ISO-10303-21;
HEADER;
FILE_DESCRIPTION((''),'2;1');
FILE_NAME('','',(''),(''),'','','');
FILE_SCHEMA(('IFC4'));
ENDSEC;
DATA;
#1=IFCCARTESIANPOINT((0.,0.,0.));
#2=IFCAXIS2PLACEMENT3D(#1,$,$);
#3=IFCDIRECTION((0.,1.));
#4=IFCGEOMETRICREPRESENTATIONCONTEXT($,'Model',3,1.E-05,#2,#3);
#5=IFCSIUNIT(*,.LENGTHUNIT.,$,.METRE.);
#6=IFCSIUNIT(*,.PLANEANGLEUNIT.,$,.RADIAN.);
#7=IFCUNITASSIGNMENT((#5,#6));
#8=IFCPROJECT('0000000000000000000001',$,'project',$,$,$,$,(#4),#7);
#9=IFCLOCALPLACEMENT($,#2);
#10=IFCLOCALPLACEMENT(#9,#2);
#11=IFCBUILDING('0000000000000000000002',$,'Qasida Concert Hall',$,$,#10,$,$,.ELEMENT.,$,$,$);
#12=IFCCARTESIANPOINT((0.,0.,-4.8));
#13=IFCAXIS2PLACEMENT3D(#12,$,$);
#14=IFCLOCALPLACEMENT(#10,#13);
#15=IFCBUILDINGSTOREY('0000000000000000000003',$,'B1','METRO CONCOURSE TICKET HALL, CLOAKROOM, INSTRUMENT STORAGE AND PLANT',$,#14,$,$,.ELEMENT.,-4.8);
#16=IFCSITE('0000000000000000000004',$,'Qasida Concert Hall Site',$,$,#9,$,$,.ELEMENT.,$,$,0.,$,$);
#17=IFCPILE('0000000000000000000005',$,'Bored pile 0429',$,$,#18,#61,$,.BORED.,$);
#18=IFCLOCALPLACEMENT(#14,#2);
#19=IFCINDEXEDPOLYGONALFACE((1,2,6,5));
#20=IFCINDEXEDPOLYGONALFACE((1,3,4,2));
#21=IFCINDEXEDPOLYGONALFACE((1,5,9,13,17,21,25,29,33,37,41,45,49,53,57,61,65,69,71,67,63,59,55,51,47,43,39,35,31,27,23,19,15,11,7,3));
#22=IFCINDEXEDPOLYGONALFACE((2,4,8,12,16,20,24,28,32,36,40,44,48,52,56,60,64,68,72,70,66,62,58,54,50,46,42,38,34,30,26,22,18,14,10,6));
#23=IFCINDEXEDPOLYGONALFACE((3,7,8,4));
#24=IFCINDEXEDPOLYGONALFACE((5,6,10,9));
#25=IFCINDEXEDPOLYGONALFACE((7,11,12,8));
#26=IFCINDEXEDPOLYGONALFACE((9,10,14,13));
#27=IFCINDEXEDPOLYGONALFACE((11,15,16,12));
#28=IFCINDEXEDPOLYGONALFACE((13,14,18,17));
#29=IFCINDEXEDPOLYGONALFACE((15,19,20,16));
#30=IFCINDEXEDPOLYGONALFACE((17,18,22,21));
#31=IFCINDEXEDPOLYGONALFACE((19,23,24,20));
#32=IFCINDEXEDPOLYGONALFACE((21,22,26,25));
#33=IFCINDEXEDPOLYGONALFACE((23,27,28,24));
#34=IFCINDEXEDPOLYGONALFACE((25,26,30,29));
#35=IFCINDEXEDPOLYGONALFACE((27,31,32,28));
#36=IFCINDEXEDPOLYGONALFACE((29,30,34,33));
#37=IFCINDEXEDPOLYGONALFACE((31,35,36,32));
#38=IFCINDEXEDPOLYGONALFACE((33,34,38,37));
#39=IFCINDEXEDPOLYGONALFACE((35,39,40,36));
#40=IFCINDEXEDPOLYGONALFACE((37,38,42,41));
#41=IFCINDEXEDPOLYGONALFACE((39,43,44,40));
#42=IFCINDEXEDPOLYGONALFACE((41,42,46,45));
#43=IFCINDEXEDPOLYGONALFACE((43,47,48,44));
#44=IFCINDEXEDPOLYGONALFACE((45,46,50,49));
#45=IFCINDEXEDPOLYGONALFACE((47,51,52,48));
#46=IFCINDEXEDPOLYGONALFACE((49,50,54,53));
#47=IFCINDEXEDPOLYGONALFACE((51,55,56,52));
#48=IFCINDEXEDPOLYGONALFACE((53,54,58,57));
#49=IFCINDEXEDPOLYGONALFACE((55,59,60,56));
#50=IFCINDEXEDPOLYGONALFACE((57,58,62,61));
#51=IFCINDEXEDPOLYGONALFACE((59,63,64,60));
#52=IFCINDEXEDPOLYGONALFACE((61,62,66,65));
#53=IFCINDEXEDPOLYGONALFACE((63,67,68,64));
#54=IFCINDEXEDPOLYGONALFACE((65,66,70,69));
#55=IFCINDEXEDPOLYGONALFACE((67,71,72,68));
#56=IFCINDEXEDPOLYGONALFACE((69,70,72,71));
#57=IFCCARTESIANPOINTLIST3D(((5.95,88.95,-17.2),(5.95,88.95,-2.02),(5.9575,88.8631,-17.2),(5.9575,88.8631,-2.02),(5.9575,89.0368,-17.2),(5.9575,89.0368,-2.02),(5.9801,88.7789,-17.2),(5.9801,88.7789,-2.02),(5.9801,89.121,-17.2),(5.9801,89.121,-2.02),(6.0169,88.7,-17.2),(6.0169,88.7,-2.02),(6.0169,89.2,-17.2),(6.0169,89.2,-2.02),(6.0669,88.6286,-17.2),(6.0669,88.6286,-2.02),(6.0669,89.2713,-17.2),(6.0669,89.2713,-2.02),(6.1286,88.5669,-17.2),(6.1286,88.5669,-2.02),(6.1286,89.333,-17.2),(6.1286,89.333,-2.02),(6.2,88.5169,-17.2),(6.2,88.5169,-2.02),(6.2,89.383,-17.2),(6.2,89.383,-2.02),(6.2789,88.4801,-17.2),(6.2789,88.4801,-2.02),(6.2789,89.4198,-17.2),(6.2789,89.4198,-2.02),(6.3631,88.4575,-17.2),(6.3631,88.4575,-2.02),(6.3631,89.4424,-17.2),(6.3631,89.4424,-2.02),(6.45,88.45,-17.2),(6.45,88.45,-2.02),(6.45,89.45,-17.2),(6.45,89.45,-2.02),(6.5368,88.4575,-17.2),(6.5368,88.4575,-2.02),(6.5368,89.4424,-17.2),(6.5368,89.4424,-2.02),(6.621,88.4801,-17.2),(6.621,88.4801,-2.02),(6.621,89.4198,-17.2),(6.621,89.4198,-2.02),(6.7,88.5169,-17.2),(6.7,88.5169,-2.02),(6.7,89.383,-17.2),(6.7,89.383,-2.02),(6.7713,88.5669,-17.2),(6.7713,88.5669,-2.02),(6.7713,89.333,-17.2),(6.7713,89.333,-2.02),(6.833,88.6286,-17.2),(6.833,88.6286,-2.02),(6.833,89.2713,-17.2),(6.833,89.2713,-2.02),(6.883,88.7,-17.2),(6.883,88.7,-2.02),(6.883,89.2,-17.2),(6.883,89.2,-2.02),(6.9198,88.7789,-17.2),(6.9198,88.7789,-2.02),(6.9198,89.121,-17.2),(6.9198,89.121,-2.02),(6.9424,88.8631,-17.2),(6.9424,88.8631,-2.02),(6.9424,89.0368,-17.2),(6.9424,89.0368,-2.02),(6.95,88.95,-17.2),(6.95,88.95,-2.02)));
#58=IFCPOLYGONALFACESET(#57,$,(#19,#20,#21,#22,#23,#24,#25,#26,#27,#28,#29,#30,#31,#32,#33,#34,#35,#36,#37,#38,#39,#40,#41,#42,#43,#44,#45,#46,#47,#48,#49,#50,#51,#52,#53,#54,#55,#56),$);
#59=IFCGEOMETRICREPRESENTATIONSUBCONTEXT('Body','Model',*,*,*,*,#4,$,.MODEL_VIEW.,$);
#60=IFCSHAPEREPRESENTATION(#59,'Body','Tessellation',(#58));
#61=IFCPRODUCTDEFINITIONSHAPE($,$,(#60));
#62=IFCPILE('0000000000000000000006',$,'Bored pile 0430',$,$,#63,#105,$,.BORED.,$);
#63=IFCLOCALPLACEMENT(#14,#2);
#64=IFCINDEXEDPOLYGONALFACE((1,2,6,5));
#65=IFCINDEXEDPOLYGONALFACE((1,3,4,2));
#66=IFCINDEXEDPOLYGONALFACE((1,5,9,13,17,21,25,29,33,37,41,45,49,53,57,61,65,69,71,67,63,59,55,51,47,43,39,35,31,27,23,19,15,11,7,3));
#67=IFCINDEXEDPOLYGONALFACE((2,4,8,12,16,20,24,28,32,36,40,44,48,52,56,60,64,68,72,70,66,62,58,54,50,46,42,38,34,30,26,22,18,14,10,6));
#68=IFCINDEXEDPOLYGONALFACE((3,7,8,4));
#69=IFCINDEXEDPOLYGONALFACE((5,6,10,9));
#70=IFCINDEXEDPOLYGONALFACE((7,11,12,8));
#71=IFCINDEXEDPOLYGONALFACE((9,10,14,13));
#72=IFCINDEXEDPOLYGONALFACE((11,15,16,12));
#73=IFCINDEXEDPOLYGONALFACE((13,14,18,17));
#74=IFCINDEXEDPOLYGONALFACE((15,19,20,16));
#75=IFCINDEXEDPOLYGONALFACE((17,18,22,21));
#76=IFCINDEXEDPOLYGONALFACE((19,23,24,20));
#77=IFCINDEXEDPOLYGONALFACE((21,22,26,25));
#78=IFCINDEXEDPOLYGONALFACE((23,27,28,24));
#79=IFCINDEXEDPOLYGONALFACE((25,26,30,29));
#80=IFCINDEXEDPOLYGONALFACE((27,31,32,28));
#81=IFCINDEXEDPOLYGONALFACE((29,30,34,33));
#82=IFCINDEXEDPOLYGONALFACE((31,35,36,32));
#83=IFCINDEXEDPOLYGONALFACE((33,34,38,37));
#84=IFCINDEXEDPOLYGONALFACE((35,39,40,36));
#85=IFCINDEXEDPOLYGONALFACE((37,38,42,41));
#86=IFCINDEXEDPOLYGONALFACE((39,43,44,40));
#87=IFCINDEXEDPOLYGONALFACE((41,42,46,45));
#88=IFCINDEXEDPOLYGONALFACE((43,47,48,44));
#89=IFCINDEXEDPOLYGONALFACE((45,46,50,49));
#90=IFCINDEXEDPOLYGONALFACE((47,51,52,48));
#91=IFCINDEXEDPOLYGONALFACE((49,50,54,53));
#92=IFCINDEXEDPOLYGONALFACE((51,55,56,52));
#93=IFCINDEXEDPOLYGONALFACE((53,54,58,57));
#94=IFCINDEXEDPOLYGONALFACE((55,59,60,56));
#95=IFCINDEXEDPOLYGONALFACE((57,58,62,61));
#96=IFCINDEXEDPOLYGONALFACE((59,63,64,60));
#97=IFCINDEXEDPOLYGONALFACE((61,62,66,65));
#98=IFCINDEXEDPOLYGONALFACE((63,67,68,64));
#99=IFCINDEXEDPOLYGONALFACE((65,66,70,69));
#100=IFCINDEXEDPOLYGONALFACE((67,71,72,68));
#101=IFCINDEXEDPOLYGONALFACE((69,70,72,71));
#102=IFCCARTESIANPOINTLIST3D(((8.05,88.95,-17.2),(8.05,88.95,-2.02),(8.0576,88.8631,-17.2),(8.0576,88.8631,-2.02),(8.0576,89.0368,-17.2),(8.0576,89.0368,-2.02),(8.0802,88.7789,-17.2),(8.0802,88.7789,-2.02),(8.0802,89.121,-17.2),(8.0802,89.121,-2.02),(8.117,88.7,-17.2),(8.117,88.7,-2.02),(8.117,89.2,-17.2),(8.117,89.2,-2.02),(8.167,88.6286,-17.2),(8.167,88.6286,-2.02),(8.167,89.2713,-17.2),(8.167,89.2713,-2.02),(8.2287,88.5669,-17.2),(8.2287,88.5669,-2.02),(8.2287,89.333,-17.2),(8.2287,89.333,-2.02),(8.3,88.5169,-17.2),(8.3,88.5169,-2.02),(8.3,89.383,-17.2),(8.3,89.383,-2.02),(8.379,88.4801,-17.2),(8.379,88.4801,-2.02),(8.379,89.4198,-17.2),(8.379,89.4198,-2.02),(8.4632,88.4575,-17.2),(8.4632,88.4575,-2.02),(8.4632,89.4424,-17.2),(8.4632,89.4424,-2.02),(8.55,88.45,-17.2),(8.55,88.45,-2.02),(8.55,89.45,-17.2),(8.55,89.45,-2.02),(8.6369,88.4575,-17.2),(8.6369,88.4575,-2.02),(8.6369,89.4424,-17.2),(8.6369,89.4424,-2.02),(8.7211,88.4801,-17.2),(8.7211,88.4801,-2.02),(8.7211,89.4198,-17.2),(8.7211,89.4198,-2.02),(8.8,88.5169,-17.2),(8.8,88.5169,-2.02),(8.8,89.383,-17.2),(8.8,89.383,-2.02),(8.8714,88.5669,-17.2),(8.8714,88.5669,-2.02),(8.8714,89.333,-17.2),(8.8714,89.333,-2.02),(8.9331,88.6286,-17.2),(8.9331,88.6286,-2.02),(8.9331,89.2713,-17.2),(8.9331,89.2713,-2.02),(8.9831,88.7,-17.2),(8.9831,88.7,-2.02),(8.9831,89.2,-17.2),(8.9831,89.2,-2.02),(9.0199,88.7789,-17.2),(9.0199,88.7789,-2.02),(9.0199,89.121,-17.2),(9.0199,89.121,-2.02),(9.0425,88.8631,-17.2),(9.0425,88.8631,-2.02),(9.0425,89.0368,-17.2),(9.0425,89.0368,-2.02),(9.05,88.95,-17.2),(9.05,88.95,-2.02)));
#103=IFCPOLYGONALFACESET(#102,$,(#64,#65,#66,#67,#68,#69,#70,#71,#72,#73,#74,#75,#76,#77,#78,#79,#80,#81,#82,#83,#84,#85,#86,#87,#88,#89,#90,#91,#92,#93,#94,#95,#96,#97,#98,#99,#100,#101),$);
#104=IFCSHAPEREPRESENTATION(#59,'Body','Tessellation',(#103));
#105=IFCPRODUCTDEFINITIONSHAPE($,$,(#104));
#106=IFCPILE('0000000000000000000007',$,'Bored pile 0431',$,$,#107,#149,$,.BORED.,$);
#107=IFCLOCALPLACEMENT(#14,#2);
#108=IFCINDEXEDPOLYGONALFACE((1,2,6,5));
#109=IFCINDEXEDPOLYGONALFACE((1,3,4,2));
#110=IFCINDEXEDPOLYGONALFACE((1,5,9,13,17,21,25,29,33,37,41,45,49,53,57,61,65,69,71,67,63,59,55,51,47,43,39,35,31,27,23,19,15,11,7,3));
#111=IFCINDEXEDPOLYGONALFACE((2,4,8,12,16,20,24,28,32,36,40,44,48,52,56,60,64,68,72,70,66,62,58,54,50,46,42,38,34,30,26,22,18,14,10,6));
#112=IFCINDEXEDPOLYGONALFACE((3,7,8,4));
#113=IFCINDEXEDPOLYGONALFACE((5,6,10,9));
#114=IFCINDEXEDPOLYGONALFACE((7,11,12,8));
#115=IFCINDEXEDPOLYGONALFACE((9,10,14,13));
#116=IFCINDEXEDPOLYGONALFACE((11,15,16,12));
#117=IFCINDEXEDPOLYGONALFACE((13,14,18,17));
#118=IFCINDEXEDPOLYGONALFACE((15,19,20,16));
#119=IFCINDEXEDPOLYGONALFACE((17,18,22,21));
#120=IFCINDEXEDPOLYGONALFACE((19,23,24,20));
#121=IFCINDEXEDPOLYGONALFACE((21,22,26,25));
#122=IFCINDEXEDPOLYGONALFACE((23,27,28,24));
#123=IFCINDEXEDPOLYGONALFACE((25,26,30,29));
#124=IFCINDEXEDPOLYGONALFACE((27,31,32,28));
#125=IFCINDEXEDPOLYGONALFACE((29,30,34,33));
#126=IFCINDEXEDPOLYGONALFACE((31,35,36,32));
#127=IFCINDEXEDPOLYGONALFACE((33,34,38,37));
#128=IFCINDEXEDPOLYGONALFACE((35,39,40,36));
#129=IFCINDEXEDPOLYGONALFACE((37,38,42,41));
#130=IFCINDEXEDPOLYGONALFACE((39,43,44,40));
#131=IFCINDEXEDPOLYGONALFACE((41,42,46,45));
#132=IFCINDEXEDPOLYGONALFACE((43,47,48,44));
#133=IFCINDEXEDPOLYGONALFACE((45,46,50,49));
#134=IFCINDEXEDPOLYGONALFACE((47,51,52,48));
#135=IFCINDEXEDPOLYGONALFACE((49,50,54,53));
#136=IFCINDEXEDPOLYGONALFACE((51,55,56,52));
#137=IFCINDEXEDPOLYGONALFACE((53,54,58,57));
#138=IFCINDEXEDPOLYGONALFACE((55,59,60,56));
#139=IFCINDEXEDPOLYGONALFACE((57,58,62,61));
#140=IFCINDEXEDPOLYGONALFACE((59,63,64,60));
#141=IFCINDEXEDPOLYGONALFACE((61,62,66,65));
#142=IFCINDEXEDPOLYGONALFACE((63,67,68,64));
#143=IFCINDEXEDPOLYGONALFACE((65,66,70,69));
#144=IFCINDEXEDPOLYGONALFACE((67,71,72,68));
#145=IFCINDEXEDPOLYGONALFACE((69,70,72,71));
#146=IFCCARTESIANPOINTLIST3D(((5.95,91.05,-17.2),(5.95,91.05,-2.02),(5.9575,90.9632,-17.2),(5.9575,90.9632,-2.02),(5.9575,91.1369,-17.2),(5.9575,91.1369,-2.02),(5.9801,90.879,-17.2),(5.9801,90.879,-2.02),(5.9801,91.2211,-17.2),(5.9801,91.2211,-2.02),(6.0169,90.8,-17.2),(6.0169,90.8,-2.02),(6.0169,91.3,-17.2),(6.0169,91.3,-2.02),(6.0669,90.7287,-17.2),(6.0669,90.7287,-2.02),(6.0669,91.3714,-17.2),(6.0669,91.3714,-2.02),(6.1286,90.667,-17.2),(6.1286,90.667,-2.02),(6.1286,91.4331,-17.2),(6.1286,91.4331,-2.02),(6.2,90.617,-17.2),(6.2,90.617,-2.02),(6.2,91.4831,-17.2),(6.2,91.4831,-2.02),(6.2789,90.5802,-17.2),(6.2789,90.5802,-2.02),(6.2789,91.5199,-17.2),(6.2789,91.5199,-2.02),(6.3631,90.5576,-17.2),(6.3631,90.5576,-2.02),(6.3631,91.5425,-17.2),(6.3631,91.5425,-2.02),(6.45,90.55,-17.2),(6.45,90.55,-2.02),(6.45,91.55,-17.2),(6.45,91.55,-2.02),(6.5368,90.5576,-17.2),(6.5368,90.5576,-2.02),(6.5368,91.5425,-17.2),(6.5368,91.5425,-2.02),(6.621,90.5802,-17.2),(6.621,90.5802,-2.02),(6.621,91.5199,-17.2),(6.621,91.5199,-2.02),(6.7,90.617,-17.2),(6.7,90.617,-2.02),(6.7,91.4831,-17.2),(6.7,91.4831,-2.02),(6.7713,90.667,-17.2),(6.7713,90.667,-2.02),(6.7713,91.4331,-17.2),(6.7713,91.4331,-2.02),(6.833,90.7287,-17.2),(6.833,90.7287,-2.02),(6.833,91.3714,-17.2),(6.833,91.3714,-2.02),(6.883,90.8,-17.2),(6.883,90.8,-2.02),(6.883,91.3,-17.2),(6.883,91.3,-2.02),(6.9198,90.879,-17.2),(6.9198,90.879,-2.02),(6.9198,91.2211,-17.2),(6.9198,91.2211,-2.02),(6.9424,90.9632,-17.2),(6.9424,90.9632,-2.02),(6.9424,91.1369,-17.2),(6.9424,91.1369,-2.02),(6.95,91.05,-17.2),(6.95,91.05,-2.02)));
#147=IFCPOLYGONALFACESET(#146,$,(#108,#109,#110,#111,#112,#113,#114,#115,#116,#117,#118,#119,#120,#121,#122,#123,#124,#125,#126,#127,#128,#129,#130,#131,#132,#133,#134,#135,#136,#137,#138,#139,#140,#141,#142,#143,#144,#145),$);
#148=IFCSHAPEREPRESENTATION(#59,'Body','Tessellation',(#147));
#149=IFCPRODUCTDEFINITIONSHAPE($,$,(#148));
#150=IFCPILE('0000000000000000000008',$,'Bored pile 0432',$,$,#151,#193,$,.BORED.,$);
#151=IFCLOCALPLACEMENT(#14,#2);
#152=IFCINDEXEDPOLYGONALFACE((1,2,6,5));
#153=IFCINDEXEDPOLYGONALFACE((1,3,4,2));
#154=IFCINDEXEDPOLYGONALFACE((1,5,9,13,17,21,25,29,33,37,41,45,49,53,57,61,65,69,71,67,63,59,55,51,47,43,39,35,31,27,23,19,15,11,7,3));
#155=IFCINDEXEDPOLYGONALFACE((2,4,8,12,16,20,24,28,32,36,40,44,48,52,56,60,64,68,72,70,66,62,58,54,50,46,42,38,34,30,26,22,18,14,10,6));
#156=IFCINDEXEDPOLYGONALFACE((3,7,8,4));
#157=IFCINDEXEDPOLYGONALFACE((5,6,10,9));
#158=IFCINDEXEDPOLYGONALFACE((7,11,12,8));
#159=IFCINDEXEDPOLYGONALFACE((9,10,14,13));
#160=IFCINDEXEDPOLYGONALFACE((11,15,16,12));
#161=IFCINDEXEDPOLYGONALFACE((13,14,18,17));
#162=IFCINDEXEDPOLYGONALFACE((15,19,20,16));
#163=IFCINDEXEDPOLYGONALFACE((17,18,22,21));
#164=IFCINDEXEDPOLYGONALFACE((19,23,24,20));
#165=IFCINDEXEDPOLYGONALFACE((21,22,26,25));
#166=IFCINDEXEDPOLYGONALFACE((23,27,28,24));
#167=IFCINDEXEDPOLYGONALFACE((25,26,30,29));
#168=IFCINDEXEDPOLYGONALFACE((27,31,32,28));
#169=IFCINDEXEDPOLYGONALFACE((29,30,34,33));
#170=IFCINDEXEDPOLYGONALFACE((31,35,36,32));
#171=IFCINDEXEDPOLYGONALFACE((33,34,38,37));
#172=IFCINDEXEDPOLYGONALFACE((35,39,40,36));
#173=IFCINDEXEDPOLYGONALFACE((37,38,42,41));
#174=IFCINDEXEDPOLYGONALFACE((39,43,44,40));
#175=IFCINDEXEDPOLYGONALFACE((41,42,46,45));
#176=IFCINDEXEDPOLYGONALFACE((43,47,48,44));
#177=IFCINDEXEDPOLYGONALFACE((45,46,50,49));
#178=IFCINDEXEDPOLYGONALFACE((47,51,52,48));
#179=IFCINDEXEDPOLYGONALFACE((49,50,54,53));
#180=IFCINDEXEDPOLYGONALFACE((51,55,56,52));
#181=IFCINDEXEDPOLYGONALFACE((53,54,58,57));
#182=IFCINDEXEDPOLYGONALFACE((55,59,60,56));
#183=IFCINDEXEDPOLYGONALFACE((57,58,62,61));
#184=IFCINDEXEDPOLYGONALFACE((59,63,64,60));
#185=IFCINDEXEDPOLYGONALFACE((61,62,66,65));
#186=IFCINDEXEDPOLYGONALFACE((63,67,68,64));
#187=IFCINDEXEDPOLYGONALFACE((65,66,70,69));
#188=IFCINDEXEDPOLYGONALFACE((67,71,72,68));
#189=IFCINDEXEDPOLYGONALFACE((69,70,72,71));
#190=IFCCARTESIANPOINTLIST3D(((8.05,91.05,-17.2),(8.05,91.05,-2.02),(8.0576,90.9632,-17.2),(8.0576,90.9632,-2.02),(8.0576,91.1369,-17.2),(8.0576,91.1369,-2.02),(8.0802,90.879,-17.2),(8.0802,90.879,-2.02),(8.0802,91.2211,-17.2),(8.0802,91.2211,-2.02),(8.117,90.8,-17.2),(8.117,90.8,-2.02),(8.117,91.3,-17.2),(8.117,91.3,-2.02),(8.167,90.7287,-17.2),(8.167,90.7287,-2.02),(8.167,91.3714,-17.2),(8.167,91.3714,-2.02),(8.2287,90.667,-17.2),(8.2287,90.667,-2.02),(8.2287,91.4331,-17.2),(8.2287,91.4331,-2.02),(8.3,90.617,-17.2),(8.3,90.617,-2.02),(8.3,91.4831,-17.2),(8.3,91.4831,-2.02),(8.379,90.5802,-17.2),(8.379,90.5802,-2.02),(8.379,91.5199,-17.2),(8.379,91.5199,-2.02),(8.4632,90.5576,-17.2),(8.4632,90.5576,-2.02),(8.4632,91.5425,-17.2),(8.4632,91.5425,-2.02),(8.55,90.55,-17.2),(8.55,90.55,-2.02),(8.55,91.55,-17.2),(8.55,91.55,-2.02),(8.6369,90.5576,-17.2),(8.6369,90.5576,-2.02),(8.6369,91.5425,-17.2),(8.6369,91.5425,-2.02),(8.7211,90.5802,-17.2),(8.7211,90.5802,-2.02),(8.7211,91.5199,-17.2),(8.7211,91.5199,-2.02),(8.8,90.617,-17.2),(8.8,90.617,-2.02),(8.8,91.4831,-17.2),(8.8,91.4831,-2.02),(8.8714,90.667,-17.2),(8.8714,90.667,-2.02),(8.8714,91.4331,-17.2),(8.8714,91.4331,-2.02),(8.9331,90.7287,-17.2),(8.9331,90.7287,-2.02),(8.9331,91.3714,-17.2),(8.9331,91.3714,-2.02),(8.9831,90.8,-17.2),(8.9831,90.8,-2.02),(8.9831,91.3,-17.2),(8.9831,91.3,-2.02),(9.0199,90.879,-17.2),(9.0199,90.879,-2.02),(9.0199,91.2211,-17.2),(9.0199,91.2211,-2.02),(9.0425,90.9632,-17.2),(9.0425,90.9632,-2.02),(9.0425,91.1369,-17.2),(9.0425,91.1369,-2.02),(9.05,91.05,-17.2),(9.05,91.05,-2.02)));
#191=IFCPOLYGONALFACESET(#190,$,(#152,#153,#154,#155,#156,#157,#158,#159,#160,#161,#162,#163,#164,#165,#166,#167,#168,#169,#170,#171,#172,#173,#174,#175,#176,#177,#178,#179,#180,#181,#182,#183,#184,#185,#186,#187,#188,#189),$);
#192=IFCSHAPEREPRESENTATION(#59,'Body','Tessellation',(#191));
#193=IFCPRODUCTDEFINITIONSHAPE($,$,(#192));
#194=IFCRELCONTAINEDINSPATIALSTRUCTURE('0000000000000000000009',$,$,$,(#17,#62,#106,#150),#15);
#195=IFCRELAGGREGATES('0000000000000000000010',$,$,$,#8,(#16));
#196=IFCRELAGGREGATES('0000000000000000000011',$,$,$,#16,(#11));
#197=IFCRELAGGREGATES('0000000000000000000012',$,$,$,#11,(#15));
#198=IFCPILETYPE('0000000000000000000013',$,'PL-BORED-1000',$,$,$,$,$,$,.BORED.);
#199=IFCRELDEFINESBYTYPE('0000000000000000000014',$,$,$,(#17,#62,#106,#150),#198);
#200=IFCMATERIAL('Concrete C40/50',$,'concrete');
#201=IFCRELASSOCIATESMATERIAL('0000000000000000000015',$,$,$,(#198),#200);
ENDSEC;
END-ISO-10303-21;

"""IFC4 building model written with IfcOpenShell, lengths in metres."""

from ifc_helpers import new_model, si_unit, direction, frame, origin, origin_2d, place, context, subcontext, project, spatial, circle, extrude, material, material_profile, profile_set, type_object, element, save


model = new_model("IFC4")

# Units and contexts
model_context = context("Model", 3, precision=1e-05, world=origin(), true_north=direction((0.0, 1.0)))
body_context = subcontext(model_context, "Body", "Model", "MODEL_VIEW")
ifc_project = project(units=[si_unit("LENGTHUNIT", "METRE"), si_unit("PLANEANGLEUNIT", "RADIAN")], contexts=[model_context])

# Site, building, storey
site_placement = place(None, origin())
site = spatial("IfcSite", under=ifc_project, at=site_placement, Name="Qasida Concert Hall Site", CompositionType="ELEMENT", RefElevation=0.0)
building_placement = place(site_placement, origin())
building = spatial("IfcBuilding", under=site, at=building_placement, Name="Qasida Concert Hall", CompositionType="ELEMENT")
storey_placement = place(building_placement, frame((0.0, 0.0, -4.8)))
storey = spatial("IfcBuildingStorey", under=building, at=storey_placement, Name="B1", Description="METRO CONCOURSE TICKET HALL, CLOAKROOM, INSTRUMENT STORAGE AND PLANT", CompositionType="ELEMENT", Elevation=-4.8)

# Shared definitions
ifc_material_1 = material(Name="Concrete C40/50", Category="concrete")

# Piles
ifc_material_profile_1 = material_profile(ifc_material_1, circle(Radius=0.5, at=origin_2d()), Name="BORED PILE D1000")
ifc_profile_set_1 = profile_set([ifc_material_profile_1], Name="Concrete C40/50")
pile_type = type_object("IfcPileType", Name="PL-BORED-1000", PredefinedType="BORED", material=ifc_profile_set_1)
for number, where, z_axis, x_axis, name in (
    (1, (6.45, 88.95, -2.02), (0.0, 0.0, -1.0), (1.0, 0.0, 0.0), "Bored pile 0429"),
    (2, (8.55, 88.95, -2.02), (0.0, 0.0, -1.0), (1.0, 0.0, 0.0), "Bored pile 0430"),
    (3, (6.45, 91.05, -2.02), (0.0, 0.0, -1.0), (1.0, 0.0, 0.0), "Bored pile 0431"),
    (4, (8.55, 91.05, -2.02), (0.0, 0.0, -1.0), (1.0, 0.0, 0.0), "Bored pile 0432"),
):
    element("IfcPile", number, at=place(storey_placement, frame(where, z_axis=z_axis, x_axis=x_axis)), inside=storey, type_object=pile_type, Name=name, PredefinedType="BORED", context=body_context, shape_type="SweptSolid", body=[
        extrude(circle(Radius=0.5, at=origin_2d()), origin(), (0.0, 0.0, 1.0), 15.1799),
    ])

save(model, "model.ifc")
